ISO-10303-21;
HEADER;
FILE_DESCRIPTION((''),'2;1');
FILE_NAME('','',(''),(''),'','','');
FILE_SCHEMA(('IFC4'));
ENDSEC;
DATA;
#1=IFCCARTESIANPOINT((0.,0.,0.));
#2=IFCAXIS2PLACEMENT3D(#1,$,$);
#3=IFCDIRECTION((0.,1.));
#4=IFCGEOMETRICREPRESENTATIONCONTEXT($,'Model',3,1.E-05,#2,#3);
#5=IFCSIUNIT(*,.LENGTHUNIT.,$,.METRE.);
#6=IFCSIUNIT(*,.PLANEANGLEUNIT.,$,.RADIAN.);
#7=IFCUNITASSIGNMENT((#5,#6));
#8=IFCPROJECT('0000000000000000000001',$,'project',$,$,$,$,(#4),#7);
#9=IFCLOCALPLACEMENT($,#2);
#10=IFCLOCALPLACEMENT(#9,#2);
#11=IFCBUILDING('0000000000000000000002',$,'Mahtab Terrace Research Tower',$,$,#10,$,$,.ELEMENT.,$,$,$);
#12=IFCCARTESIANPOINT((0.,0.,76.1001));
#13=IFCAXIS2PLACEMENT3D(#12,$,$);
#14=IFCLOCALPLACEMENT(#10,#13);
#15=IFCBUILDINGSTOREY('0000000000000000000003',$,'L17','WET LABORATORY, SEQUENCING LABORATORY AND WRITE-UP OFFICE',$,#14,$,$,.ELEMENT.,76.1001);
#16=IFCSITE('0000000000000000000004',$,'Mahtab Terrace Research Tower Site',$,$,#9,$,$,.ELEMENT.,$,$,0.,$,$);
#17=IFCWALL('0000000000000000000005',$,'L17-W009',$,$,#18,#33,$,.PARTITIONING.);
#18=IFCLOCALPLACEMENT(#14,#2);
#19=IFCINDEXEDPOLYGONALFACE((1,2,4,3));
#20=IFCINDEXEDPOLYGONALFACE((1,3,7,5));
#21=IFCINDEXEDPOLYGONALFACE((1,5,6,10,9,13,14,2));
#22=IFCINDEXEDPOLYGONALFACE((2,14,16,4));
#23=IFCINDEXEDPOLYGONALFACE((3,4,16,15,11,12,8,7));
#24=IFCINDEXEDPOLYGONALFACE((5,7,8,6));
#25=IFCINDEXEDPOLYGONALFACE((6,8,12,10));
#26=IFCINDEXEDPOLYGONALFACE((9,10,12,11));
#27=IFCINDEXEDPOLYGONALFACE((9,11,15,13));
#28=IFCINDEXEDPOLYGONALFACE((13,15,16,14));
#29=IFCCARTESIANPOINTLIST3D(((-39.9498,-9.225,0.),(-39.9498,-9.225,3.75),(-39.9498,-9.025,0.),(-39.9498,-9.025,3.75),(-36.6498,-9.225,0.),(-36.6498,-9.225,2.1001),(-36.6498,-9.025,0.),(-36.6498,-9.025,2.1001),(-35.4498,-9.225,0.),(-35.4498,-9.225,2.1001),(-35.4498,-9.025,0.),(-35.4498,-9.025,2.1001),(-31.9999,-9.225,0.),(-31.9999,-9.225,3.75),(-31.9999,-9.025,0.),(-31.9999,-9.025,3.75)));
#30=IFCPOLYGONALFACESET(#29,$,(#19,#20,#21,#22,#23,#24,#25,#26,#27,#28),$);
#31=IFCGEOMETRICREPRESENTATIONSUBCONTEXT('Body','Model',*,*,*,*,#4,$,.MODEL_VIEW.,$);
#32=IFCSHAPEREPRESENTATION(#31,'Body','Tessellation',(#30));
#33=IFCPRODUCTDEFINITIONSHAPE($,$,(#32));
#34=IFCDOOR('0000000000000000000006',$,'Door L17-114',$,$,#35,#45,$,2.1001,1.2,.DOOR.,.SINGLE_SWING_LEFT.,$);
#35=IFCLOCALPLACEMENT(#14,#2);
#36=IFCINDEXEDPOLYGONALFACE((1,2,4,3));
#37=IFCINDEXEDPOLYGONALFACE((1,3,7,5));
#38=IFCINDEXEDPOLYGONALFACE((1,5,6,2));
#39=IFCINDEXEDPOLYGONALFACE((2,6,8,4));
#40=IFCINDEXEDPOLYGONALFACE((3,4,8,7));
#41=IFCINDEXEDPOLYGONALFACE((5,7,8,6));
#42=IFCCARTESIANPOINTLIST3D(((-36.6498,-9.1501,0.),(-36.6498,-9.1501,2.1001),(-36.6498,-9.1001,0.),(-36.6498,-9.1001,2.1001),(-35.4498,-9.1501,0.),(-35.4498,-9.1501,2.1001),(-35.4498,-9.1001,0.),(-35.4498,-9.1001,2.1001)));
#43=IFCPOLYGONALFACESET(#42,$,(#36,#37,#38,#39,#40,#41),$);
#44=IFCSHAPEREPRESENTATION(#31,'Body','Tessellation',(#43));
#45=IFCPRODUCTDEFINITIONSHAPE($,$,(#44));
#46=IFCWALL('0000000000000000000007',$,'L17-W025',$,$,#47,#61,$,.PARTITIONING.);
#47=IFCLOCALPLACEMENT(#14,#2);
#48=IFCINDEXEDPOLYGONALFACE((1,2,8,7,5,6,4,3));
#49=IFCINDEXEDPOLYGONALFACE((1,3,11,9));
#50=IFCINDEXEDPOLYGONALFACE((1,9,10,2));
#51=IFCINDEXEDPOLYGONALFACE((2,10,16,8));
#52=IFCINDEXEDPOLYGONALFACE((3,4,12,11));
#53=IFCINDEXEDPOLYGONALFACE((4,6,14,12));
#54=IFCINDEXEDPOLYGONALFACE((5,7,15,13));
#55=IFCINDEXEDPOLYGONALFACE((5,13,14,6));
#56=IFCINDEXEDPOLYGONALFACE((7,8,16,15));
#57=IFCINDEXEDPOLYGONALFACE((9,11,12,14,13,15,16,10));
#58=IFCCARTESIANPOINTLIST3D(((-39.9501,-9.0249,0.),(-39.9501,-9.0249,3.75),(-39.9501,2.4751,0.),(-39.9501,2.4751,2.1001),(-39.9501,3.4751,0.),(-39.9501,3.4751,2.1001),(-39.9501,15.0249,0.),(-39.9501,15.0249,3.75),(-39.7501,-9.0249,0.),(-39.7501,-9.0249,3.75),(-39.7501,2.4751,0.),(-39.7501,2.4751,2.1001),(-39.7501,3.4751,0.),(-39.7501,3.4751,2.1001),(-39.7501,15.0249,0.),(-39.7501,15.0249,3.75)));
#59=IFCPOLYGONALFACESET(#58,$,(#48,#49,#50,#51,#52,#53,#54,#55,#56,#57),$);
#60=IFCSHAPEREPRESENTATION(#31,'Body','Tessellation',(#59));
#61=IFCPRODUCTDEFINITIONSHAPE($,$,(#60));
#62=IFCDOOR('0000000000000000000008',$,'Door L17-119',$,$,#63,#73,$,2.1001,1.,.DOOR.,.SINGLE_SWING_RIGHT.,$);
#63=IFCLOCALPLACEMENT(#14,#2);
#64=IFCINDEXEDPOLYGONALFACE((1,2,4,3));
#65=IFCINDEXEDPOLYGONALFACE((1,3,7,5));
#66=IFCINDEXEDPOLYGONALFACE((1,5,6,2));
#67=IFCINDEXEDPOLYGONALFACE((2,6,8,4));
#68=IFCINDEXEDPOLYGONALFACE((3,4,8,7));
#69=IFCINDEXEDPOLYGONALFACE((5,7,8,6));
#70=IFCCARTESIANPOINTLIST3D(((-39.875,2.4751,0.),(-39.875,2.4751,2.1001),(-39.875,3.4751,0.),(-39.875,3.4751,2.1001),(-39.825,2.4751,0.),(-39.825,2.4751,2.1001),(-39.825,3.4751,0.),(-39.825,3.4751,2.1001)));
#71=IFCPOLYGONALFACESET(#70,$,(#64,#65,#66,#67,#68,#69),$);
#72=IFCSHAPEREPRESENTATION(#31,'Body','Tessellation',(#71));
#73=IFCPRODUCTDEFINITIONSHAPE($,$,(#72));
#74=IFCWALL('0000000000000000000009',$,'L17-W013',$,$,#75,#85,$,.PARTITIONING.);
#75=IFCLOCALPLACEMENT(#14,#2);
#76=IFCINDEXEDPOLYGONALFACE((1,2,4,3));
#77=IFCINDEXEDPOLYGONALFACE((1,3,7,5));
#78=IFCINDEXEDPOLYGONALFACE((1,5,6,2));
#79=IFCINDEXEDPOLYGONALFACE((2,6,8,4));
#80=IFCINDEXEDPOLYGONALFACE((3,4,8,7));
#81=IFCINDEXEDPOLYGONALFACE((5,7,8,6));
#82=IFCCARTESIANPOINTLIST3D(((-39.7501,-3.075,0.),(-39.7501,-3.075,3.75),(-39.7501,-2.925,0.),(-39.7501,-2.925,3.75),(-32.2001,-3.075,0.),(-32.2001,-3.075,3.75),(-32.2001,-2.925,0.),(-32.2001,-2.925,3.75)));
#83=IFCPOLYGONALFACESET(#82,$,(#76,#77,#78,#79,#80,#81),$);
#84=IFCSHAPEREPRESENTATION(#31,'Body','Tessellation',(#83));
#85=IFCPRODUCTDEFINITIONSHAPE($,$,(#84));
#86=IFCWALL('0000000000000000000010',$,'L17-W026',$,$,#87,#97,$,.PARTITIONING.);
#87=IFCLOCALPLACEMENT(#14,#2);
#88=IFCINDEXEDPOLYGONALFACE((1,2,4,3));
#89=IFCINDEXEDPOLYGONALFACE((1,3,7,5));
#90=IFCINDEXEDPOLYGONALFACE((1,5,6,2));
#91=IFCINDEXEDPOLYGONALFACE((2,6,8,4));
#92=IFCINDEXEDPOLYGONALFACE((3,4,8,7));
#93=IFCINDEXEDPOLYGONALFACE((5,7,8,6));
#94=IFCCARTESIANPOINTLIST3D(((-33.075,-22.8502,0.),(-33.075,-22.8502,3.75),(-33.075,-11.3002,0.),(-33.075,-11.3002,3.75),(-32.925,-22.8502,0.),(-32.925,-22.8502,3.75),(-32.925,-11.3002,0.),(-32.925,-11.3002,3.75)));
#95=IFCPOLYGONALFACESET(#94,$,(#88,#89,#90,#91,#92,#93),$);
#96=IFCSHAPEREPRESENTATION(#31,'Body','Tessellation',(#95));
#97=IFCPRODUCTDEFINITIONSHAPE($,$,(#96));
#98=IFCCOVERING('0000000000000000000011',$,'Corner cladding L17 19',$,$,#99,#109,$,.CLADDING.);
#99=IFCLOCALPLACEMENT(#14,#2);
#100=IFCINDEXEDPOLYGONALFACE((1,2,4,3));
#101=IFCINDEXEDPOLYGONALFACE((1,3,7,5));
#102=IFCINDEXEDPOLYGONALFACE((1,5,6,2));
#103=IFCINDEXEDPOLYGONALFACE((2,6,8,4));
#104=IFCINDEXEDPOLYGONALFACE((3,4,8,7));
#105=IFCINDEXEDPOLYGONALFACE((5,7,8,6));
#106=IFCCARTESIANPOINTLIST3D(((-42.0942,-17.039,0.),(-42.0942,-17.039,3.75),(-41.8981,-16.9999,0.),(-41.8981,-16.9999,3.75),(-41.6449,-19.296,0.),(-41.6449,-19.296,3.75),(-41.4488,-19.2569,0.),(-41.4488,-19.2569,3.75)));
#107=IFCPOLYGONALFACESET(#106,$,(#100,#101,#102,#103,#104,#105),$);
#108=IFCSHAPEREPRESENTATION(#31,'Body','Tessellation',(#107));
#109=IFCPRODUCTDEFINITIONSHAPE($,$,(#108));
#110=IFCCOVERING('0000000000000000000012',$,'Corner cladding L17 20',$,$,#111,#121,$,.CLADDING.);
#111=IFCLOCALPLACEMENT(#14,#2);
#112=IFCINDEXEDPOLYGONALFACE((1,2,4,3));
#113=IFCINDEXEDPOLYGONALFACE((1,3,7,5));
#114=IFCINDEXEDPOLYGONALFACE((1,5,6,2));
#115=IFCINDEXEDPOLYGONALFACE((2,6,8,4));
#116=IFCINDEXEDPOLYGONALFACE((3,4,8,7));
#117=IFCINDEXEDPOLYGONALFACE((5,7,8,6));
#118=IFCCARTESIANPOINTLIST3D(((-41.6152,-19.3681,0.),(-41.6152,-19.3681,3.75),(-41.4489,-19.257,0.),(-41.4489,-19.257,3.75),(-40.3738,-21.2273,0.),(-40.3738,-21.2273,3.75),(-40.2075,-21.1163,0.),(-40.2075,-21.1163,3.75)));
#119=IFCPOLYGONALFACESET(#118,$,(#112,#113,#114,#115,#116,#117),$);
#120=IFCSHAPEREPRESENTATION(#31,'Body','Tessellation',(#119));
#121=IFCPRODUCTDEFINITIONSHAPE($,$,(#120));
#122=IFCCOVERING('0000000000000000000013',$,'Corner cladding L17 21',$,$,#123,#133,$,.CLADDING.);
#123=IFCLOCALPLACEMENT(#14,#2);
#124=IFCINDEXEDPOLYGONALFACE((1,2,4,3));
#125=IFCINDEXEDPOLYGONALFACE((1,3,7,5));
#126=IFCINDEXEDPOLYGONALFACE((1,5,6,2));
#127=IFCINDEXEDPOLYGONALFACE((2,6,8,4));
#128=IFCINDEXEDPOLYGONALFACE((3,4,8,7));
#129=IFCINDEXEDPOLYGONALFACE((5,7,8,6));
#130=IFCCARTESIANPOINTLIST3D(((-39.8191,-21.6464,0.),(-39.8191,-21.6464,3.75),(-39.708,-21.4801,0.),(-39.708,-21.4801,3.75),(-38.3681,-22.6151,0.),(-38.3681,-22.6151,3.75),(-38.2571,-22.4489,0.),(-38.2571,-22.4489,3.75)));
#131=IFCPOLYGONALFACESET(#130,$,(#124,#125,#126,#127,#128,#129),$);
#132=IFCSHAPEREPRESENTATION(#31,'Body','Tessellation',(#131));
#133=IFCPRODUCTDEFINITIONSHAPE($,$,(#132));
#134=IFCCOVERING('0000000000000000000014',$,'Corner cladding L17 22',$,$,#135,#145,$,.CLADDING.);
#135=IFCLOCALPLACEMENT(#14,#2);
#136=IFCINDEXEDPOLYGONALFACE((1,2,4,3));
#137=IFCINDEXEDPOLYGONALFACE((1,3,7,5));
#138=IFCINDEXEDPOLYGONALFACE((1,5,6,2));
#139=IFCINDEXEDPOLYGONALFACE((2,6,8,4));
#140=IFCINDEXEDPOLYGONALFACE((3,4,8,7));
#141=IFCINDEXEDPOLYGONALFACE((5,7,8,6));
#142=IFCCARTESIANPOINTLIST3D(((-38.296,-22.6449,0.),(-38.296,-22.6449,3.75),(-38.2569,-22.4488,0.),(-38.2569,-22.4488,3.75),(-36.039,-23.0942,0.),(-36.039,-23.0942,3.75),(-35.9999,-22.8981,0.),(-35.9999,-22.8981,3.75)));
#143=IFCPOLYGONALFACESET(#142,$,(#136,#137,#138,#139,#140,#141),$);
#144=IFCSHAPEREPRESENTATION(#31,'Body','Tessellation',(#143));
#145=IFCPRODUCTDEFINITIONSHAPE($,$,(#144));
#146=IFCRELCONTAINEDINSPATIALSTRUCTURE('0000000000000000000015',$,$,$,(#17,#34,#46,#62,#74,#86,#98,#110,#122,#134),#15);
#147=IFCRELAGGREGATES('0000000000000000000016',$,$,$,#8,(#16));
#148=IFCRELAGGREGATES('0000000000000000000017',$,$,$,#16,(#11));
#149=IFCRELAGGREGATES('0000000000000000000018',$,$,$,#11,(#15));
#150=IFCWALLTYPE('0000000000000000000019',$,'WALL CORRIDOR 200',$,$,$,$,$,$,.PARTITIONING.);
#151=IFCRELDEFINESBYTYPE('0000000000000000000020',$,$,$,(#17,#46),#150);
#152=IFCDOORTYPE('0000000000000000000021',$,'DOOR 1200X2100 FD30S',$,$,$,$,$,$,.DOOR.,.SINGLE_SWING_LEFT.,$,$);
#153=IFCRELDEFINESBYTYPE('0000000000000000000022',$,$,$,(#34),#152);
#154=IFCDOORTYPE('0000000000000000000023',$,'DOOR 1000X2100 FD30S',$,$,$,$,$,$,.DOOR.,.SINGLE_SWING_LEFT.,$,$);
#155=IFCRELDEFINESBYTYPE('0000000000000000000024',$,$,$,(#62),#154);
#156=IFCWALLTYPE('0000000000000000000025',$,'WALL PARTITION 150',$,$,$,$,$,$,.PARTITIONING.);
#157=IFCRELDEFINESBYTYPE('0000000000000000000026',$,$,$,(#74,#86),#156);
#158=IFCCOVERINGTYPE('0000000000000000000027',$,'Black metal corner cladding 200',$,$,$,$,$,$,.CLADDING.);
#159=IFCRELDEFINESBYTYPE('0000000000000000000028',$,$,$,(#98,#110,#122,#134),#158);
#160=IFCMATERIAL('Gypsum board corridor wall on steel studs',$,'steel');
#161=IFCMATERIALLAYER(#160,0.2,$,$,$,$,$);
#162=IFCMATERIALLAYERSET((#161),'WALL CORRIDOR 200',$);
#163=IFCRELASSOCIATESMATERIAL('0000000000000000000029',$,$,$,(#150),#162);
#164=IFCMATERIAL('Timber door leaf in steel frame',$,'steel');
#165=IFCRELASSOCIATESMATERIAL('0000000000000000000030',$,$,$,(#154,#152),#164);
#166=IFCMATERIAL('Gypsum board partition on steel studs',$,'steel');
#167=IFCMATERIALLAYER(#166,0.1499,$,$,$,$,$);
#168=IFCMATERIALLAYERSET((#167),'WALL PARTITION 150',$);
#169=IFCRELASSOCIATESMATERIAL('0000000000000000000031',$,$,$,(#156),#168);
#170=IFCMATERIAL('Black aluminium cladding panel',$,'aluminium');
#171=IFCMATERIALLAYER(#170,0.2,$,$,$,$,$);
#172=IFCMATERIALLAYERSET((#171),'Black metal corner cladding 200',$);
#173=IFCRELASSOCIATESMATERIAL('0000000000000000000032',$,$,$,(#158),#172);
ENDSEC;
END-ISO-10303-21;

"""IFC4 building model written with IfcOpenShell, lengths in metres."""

from ifc_helpers import new_model, si_unit, direction, frame, frame_2d, origin, origin_2d, place, context, subcontext, project, spatial, rectangle, extrude, material, layer, layer_set, type_object, element, fill, save


model = new_model("IFC4")

# Units and contexts
model_context = context("Model", 3, precision=1e-05, world=origin(), true_north=direction((0.0, 1.0)))
body_context = subcontext(model_context, "Body", "Model", "MODEL_VIEW")
ifc_project = project(units=[si_unit("LENGTHUNIT", "METRE"), si_unit("PLANEANGLEUNIT", "RADIAN")], contexts=[model_context])

# Site, building, storey
site_placement = place(None, origin())
site = spatial("IfcSite", under=ifc_project, at=site_placement, Name="Mahtab Terrace Research Tower Site", CompositionType="ELEMENT", RefElevation=0.0)
building_placement = place(site_placement, origin())
building = spatial("IfcBuilding", under=site, at=building_placement, Name="Mahtab Terrace Research Tower", CompositionType="ELEMENT")
storey_placement = place(building_placement, frame((0.0, 0.0, 76.1001)))
storey = spatial("IfcBuildingStorey", under=building, at=storey_placement, Name="L17", Description="WET LABORATORY, SEQUENCING LABORATORY AND WRITE-UP OFFICE", CompositionType="ELEMENT", Elevation=76.1001)

# Shared definitions
ifc_material_1 = material(Name="Black aluminium cladding panel", Category="aluminium")

# Shared definitions
ifc_material_2 = material(Name="Gypsum board corridor wall on steel studs", Category="steel")
ifc_layer_1 = layer(ifc_material_2, 0.2)
ifc_layer_set_1 = layer_set([ifc_layer_1], Name="WALL CORRIDOR 200")
wall_type_1 = type_object("IfcWallType", Name="WALL CORRIDOR 200", PredefinedType="PARTITIONING", material=ifc_layer_set_1)
ifc_material_3 = material(Name="Timber door leaf in steel frame", Category="steel")
door_type_1 = type_object("IfcDoorType", Name="DOOR 1000X2100 FD30S", OperationType="SINGLE_SWING_LEFT", PredefinedType="DOOR", material=ifc_material_3)
door_type_2 = type_object("IfcDoorType", Name="DOOR 1200X2100 FD30S", OperationType="SINGLE_SWING_LEFT", PredefinedType="DOOR", material=ifc_material_3)

# Walls, openings, doors
wall_1_placement = place(storey_placement, frame((-39.95, -9.125, 0.0), z_axis=(0.0, 0.0, 1.0), x_axis=(1.0, 0.0, 0.0)))
wall_1 = element("IfcWall", 1, at=wall_1_placement, inside=storey, type_object=wall_type_1, Name="L17-W009", PredefinedType="PARTITIONING", context=body_context, shape_type="SweptSolid", body=[
    extrude(rectangle(XDim=7.95, YDim=0.2, at=frame_2d((3.9751, 0.0))), origin(), (0.0, 0.0, 1.0), 3.75),
])
opening_1_placement = place(wall_1_placement, frame((3.3, 0.0, 0.0)))
opening_1 = element("IfcOpeningElement", 2, at=opening_1_placement, cuts=wall_1, PredefinedType="OPENING", context=body_context, shape_type="SweptSolid", body=[
    extrude(rectangle(XDim=1.2, YDim=2.1001, at=frame_2d((0.6001, 1.05))), frame((0.0, 0.1099, 0.0), z_axis=(0.0, -1.0, 0.0), x_axis=(1.0, 0.0, 0.0)), (0.0, 0.0, 1.0), 0.22),
])
door_1_placement = place(opening_1_placement, origin())
door_1 = element("IfcDoor", 3, at=door_1_placement, inside=storey, type_object=door_type_2, Name="Door L17-114", OperationType="SINGLE_SWING_LEFT", OverallHeight=2.1001, OverallWidth=1.2, PredefinedType="DOOR", context=body_context, shape_type="SweptSolid", body=[
    extrude(rectangle(XDim=1.2, YDim=2.1001, at=frame_2d((0.6001, 1.05))), frame((0.0, 0.0249, 0.0), z_axis=(0.0, -1.0, 0.0), x_axis=(1.0, 0.0, 0.0)), (0.0, 0.0, 1.0), 0.05),
])
fill(opening_1, door_1)
wall_2_placement = place(storey_placement, frame((-39.8501, -9.0249, 0.0), z_axis=(0.0, 0.0, 1.0), x_axis=(0.0, 1.0, 0.0)))
wall_2 = element("IfcWall", 4, at=wall_2_placement, inside=storey, type_object=wall_type_1, Name="L17-W025", PredefinedType="PARTITIONING", context=body_context, shape_type="SweptSolid", body=[
    extrude(rectangle(XDim=24.0498, YDim=0.2, at=frame_2d((12.0249, 0.0))), origin(), (0.0, 0.0, 1.0), 3.75),
])
opening_2_placement = place(wall_2_placement, frame((11.5, 0.0, 0.0)))
opening_2 = element("IfcOpeningElement", 5, at=opening_2_placement, cuts=wall_2, PredefinedType="OPENING", context=body_context, shape_type="SweptSolid", body=[
    extrude(rectangle(XDim=1.0, YDim=2.1001, at=frame_2d((0.5, 1.05))), frame((0.0, 0.1099, 0.0), z_axis=(0.0, -1.0, 0.0), x_axis=(1.0, 0.0, 0.0)), (0.0, 0.0, 1.0), 0.22),
])
door_2_placement = place(opening_2_placement, origin())
door_2 = element("IfcDoor", 6, at=door_2_placement, inside=storey, type_object=door_type_1, Name="Door L17-119", OperationType="SINGLE_SWING_RIGHT", OverallHeight=2.1001, OverallWidth=1.0, PredefinedType="DOOR", context=body_context, shape_type="SweptSolid", body=[
    extrude(rectangle(XDim=1.0, YDim=2.1001, at=frame_2d((0.5, 1.05))), frame((0.0, 0.0249, 0.0), z_axis=(0.0, -1.0, 0.0), x_axis=(1.0, 0.0, 0.0)), (0.0, 0.0, 1.0), 0.05),
])
fill(opening_2, door_2)

# Walls
ifc_material_4 = material(Name="Gypsum board partition on steel studs", Category="steel")
ifc_layer_2 = layer(ifc_material_4, 0.1499)
ifc_layer_set_2 = layer_set([ifc_layer_2], Name="WALL PARTITION 150")
wall_type_2 = type_object("IfcWallType", Name="WALL PARTITION 150", PredefinedType="PARTITIONING", material=ifc_layer_set_2)
wall_3_placement = place(storey_placement, frame((-39.75, -3.0, 0.0), z_axis=(0.0, 0.0, 1.0), x_axis=(1.0, 0.0, 0.0)))
element("IfcWall", 7, at=wall_3_placement, inside=storey, type_object=wall_type_2, Name="L17-W013", PredefinedType="PARTITIONING", context=body_context, shape_type="SweptSolid", body=[
    extrude(rectangle(XDim=7.55, YDim=0.1499, at=frame_2d((3.7749, 0.0))), origin(), (0.0, 0.0, 1.0), 3.75),
])
wall_4_placement = place(storey_placement, frame((-33.0, -22.8501, 0.0), z_axis=(0.0, 0.0, 1.0), x_axis=(0.0, 1.0, 0.0)))
element("IfcWall", 8, at=wall_4_placement, inside=storey, type_object=wall_type_2, Name="L17-W026", PredefinedType="PARTITIONING", context=body_context, shape_type="SweptSolid", body=[
    extrude(rectangle(XDim=11.55, YDim=0.1499, at=frame_2d((5.7749, 0.0))), origin(), (0.0, 0.0, 1.0), 3.75),
])

# Coverings
ifc_layer_3 = layer(ifc_material_1, 0.2)
ifc_layer_set_3 = layer_set([ifc_layer_3], Name="Black metal corner cladding 200")
covering_type = type_object("IfcCoveringType", Name="Black metal corner cladding 200", PredefinedType="CLADDING", material=ifc_layer_set_3)
covering_1_placement = place(storey_placement, frame((-41.7715, -18.1479, 0.0), z_axis=(0.0, 0.0, 1.0), x_axis=(0.195212, -0.980761, 0.0)))
element("IfcCovering", 9, at=covering_1_placement, inside=storey, type_object=covering_type, Name="Corner cladding L17 19", PredefinedType="CLADDING", context=body_context, shape_type="SweptSolid", body=[
    extrude(rectangle(XDim=2.3013, YDim=0.2, at=origin_2d()), origin(), (0.0, 0.0, 1.0), 3.75),
])
covering_2_placement = place(storey_placement, frame((-40.9114, -20.2422, 0.0), z_axis=(0.0, 0.0, 1.0), x_axis=(0.555291, -0.831656, 0.0)))
element("IfcCovering", 10, at=covering_2_placement, inside=storey, type_object=covering_type, Name="Corner cladding L17 20", PredefinedType="CLADDING", context=body_context, shape_type="SweptSolid", body=[
    extrude(rectangle(XDim=2.2356, YDim=0.2, at=origin_2d()), origin(), (0.0, 0.0, 1.0), 3.75),
])
covering_3_placement = place(storey_placement, frame((-39.0381, -22.0476, 0.0), z_axis=(0.0, 0.0, 1.0), x_axis=(0.831656, -0.555291, 0.0)))
element("IfcCovering", 11, at=covering_3_placement, inside=storey, type_object=covering_type, Name="Corner cladding L17 21", PredefinedType="CLADDING", context=body_context, shape_type="SweptSolid", body=[
    extrude(rectangle(XDim=1.7446, YDim=0.2, at=origin_2d()), origin(), (0.0, 0.0, 1.0), 3.75),
])
covering_4_placement = place(storey_placement, frame((-37.1479, -22.7715, 0.0), z_axis=(0.0, 0.0, 1.0), x_axis=(0.980761, -0.195212, 0.0)))
element("IfcCovering", 12, at=covering_4_placement, inside=storey, type_object=covering_type, Name="Corner cladding L17 22", PredefinedType="CLADDING", context=body_context, shape_type="SweptSolid", body=[
    extrude(rectangle(XDim=2.3013, YDim=0.2, at=origin_2d()), origin(), (0.0, 0.0, 1.0), 3.75),
])

save(model, "model.ifc")
